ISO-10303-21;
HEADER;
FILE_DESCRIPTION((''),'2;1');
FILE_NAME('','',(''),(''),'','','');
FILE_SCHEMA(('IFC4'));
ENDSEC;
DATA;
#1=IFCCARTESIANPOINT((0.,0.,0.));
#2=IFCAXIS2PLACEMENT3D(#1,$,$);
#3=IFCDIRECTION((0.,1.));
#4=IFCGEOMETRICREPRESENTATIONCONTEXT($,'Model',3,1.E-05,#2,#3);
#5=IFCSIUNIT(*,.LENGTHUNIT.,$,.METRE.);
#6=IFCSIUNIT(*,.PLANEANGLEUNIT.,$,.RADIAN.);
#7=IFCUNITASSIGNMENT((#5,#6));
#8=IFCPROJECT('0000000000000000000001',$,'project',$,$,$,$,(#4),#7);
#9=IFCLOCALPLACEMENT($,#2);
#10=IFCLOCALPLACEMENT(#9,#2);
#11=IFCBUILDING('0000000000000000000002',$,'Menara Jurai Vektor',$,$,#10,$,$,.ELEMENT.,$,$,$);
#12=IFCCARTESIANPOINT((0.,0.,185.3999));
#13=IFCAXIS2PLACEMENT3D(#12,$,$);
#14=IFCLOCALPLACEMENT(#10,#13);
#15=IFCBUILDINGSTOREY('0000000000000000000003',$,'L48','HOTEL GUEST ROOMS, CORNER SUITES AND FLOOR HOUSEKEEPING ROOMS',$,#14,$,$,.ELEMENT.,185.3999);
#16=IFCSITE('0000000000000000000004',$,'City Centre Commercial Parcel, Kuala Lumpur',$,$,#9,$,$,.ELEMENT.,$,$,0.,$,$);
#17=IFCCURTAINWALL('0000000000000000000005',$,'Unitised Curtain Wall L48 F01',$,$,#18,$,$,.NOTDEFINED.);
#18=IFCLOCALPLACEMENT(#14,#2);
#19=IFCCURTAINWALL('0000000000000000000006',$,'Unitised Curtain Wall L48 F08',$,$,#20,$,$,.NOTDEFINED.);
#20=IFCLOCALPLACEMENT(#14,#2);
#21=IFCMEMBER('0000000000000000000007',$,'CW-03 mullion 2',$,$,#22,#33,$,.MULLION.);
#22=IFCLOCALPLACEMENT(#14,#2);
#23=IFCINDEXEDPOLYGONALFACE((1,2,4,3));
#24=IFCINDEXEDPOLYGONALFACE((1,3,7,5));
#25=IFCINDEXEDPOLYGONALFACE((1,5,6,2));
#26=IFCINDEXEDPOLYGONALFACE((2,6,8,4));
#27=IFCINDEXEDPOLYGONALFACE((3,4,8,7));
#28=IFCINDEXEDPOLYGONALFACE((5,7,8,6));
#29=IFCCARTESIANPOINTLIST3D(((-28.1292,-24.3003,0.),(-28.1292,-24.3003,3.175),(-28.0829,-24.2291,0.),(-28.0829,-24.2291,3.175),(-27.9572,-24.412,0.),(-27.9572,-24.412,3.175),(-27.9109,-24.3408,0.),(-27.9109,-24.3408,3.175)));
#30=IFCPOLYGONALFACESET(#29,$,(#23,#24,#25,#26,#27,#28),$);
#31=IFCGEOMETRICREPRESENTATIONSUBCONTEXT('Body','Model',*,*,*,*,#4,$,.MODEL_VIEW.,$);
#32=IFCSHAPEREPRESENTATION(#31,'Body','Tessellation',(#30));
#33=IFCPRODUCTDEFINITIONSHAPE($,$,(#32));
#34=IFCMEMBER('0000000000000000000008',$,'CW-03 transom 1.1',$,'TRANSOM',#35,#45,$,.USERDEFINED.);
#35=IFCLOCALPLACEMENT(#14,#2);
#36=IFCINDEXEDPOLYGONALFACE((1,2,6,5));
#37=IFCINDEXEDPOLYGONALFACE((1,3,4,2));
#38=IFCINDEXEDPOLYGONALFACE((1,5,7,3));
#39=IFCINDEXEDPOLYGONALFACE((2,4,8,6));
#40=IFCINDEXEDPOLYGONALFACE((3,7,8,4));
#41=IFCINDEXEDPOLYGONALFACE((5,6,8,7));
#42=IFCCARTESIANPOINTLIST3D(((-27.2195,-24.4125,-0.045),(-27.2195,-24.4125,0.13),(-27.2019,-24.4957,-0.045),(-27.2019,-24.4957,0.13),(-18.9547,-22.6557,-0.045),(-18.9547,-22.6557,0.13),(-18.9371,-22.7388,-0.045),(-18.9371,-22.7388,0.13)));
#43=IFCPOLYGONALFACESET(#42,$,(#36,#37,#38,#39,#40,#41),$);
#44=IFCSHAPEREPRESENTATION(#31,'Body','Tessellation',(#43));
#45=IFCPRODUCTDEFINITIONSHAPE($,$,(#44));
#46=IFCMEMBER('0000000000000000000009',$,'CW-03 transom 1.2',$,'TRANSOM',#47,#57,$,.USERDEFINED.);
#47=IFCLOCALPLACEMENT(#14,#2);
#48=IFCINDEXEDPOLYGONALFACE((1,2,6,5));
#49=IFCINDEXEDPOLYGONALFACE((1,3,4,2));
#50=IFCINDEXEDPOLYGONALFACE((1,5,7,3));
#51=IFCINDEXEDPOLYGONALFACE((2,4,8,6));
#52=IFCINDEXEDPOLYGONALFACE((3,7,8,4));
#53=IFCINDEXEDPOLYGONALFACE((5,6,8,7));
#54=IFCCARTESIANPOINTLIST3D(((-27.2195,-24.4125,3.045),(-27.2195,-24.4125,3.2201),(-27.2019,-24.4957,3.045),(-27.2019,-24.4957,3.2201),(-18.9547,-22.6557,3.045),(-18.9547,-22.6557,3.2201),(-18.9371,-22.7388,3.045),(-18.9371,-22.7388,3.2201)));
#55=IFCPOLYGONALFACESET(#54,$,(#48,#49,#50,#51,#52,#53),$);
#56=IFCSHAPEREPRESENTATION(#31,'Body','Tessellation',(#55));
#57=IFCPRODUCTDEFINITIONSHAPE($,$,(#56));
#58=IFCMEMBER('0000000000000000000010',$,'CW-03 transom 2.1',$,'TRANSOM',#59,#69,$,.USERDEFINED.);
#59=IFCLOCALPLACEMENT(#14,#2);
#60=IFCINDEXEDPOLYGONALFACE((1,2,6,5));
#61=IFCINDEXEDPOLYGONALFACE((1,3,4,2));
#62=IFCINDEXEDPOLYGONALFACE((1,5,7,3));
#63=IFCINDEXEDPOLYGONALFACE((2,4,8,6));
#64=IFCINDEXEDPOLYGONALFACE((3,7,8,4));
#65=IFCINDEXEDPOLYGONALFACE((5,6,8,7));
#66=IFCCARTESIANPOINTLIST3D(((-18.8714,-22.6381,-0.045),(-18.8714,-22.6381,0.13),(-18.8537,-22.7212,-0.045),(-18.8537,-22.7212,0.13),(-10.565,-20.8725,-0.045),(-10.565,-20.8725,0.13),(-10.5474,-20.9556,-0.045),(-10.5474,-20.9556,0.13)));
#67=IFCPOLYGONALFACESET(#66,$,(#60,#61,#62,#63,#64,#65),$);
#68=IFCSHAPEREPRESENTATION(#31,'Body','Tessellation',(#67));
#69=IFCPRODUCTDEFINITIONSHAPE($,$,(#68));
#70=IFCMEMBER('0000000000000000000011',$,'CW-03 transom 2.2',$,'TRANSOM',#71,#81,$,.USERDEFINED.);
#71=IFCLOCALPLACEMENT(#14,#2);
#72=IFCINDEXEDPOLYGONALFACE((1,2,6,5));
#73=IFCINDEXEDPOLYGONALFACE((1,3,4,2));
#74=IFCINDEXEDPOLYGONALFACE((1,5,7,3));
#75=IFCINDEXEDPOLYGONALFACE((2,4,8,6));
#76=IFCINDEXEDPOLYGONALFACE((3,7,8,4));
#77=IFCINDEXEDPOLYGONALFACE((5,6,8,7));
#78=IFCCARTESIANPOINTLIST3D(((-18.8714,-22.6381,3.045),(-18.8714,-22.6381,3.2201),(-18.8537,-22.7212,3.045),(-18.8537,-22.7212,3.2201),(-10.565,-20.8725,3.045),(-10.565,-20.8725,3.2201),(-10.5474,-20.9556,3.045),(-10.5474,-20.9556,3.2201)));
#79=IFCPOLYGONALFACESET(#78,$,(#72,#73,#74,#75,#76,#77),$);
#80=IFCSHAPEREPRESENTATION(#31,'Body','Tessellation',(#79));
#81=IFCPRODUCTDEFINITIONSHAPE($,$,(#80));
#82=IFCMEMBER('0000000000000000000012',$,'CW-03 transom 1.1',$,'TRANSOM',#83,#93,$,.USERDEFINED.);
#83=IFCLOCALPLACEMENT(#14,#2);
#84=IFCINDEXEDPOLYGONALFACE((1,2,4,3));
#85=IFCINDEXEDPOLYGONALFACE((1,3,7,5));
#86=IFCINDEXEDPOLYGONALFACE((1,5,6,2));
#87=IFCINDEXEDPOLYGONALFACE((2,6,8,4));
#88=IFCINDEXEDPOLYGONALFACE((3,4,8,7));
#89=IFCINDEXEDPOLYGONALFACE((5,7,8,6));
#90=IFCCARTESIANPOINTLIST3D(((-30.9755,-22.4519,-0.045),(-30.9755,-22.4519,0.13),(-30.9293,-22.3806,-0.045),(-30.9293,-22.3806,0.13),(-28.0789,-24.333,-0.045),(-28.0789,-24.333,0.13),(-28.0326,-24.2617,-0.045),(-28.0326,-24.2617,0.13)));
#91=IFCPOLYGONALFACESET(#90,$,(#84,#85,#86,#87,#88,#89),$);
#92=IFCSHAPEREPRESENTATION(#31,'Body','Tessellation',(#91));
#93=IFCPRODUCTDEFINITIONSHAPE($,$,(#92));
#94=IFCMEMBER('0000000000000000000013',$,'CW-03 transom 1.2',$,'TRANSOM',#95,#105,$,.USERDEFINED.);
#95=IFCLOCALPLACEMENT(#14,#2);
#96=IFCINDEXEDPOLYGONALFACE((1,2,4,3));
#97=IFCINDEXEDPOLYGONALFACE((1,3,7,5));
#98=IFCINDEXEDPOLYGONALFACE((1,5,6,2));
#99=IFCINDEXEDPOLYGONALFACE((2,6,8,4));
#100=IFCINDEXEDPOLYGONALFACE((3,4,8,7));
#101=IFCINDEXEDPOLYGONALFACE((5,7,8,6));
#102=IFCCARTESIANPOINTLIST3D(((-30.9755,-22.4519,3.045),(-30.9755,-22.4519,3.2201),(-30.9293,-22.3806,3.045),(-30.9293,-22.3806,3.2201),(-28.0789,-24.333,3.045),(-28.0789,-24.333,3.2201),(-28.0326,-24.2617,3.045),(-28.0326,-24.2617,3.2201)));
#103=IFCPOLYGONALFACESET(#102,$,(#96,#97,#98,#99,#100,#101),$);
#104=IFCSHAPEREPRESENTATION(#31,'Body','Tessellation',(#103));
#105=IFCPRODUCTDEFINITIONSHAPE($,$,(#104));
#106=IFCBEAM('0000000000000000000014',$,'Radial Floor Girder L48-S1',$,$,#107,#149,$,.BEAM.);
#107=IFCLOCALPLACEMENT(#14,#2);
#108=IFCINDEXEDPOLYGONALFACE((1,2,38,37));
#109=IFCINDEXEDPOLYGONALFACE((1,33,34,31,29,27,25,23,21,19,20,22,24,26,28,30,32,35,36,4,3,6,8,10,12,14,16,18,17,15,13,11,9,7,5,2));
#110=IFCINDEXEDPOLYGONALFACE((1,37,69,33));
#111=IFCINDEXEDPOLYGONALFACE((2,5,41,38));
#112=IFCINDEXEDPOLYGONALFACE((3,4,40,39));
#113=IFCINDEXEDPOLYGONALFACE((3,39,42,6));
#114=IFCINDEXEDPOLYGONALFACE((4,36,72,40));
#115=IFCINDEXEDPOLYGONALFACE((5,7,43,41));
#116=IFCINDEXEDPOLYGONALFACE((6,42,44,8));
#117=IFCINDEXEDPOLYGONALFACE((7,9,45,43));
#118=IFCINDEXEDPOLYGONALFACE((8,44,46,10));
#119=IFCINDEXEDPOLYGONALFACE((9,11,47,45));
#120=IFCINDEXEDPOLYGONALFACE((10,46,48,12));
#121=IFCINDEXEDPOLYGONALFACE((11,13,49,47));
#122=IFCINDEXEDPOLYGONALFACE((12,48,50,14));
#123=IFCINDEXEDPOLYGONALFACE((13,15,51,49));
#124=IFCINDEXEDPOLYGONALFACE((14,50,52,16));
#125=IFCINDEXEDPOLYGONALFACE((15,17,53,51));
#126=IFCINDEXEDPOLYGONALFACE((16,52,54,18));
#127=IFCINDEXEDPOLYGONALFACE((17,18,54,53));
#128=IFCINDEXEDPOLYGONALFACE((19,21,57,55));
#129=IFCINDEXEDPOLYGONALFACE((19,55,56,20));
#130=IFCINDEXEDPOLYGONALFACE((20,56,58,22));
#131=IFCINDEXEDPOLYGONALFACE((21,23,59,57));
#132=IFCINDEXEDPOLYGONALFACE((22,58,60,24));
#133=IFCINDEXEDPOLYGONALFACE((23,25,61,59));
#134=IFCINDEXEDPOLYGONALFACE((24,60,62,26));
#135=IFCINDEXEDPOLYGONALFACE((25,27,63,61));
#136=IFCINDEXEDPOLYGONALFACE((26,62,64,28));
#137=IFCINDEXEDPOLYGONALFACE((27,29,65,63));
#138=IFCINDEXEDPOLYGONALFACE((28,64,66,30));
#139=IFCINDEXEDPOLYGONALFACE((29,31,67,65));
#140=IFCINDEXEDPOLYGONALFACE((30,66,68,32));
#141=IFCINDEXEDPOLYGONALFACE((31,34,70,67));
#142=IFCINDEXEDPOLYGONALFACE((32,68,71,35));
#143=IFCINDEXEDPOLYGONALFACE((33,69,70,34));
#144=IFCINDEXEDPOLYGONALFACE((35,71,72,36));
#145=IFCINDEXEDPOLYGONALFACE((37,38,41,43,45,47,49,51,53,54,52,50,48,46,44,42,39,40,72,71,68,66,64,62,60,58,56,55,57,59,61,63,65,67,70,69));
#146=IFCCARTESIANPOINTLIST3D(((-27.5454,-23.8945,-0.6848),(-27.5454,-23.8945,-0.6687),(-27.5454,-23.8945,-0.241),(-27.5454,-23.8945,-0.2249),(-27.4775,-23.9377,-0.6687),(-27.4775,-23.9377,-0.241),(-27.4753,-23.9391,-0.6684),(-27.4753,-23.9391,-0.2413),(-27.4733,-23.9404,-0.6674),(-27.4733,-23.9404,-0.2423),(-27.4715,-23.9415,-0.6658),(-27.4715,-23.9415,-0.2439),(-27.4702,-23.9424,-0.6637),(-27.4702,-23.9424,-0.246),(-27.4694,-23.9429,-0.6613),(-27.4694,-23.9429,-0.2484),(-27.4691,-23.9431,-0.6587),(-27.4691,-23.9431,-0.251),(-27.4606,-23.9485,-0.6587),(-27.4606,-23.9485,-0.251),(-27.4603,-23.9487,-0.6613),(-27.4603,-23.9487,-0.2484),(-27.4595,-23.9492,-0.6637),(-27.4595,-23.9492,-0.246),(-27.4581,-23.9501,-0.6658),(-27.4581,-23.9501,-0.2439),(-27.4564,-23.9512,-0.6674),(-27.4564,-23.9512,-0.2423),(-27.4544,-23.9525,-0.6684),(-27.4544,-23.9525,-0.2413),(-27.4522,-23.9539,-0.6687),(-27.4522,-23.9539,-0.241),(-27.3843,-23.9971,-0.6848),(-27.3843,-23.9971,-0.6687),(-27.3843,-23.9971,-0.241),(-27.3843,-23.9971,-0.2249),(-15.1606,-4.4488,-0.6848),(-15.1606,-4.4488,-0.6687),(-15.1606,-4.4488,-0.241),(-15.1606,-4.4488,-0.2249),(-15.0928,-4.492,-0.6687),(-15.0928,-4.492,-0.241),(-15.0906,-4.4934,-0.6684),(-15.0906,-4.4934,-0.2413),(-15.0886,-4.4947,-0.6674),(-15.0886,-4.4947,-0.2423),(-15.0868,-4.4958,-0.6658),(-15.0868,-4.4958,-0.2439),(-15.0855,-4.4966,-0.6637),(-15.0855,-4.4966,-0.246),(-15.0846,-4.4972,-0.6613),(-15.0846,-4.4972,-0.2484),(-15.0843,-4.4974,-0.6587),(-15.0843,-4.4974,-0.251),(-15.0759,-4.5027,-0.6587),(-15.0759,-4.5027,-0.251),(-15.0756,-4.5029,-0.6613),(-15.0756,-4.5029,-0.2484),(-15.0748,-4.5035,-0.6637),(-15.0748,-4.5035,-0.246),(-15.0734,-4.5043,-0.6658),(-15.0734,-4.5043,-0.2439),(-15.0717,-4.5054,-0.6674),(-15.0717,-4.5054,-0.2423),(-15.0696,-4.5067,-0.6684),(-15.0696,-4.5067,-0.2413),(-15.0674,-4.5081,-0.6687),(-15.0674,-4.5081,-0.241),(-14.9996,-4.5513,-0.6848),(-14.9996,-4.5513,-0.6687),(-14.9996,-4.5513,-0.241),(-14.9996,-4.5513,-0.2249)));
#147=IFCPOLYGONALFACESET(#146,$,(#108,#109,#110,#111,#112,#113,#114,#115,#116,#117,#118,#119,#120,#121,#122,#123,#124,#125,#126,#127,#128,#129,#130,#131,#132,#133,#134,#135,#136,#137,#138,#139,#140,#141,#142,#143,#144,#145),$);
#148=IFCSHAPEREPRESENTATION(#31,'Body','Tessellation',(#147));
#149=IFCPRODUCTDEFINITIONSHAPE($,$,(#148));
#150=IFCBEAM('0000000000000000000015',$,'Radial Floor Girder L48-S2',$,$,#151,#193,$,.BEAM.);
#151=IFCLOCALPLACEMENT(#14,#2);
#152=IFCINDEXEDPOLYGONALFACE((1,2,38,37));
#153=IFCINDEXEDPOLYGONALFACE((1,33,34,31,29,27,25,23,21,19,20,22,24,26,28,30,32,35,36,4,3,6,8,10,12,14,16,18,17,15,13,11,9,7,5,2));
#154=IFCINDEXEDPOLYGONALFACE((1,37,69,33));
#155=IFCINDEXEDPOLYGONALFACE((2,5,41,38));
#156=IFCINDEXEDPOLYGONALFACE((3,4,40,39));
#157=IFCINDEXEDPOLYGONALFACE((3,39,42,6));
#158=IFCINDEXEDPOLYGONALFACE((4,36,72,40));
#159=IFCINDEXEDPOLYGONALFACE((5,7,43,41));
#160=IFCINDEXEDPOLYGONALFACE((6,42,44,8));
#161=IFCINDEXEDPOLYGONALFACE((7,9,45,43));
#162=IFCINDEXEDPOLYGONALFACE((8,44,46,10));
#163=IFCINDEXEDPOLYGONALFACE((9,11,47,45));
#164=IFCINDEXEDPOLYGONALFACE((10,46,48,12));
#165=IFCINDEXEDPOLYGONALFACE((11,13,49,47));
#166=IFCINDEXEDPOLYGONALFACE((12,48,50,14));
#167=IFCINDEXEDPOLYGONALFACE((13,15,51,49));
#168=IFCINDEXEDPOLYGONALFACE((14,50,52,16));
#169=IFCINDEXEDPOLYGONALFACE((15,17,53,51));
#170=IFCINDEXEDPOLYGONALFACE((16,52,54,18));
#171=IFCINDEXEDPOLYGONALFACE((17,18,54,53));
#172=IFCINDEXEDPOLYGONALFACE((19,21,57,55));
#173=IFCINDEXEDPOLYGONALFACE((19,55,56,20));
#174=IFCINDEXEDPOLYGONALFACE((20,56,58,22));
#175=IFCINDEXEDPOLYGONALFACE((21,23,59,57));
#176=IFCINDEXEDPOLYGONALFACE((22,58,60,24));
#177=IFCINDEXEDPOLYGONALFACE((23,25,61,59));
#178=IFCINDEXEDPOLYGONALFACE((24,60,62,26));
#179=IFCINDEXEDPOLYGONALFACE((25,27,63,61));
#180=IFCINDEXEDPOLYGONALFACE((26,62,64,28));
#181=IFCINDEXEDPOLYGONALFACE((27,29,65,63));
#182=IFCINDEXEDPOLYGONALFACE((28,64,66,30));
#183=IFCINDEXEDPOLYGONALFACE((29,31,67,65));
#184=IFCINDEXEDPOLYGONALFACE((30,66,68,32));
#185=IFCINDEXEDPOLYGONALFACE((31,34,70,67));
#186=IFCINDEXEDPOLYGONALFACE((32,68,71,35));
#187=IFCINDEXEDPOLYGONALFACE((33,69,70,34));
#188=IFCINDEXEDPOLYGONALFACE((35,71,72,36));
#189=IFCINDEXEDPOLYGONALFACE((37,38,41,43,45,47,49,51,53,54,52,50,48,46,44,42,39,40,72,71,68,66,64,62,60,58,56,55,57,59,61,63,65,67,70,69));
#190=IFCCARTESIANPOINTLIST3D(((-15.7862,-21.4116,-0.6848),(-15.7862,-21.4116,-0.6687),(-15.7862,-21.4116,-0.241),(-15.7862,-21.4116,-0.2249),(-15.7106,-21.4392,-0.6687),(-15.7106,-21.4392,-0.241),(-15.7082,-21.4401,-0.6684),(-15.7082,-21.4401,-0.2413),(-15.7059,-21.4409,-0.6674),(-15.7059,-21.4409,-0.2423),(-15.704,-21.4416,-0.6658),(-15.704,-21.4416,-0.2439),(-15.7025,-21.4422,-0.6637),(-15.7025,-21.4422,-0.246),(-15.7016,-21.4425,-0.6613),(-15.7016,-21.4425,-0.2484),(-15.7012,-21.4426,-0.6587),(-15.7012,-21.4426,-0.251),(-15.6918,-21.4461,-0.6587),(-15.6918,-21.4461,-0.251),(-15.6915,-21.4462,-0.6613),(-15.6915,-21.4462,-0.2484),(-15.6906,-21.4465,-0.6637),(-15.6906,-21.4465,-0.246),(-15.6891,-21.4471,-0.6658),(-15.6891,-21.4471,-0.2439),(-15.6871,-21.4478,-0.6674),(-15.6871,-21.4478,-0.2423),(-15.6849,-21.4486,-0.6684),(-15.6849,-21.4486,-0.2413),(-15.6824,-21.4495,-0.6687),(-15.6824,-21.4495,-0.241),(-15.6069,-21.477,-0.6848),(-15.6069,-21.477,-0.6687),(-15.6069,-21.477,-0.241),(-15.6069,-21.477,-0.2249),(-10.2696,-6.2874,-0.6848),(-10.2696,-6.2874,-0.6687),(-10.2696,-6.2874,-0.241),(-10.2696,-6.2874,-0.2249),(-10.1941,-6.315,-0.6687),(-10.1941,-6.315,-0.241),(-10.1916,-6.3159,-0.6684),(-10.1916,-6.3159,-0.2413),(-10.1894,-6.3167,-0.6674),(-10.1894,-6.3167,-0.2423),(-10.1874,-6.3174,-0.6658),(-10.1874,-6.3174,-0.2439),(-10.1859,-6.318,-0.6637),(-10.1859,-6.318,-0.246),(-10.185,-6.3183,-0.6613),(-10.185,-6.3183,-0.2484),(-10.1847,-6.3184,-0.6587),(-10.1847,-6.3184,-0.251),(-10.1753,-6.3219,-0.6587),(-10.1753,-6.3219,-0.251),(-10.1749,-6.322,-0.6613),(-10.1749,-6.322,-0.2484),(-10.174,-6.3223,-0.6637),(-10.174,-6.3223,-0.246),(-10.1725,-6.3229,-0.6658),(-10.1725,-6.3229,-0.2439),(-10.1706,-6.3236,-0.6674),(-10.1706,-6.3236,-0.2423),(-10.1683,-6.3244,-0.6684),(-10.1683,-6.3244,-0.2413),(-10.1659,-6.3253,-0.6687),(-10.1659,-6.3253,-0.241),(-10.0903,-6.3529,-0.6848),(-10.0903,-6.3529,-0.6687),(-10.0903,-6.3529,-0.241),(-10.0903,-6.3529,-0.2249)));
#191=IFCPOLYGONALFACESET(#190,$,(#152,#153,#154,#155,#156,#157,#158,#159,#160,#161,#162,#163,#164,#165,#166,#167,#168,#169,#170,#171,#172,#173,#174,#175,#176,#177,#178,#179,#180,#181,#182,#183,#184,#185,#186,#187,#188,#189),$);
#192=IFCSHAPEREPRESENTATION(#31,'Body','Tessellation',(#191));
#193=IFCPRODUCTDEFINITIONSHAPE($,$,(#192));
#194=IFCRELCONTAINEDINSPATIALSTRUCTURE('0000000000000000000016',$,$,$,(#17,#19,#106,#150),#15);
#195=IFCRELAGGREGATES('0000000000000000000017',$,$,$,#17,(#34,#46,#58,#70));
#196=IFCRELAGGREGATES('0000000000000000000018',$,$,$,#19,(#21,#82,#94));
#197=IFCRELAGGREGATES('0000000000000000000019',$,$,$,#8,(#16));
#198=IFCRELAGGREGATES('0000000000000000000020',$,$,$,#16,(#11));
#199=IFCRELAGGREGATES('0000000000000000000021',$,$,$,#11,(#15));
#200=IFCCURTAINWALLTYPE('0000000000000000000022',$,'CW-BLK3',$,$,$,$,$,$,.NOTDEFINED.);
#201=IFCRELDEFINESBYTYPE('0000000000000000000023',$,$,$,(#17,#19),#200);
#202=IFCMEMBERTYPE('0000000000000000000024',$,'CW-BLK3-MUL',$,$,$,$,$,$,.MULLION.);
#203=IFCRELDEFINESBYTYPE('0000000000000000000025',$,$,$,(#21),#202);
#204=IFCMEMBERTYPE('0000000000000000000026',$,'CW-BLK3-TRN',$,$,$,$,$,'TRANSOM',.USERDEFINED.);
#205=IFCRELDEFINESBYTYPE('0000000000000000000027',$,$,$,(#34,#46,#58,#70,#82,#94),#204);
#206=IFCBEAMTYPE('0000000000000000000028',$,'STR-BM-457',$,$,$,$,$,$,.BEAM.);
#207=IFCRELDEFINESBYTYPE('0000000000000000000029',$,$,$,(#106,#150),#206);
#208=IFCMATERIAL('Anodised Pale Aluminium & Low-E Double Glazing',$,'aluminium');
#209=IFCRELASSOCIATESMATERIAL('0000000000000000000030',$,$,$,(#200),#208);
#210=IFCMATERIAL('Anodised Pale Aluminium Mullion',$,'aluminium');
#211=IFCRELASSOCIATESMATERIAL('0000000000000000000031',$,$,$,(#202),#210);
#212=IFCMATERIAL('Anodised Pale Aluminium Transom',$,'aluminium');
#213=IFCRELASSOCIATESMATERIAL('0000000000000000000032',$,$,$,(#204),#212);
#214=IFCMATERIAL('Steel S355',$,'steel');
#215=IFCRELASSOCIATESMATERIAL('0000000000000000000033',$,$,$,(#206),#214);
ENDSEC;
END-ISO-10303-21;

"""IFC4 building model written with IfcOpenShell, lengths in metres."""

from ifc_helpers import new_model, si_unit, direction, frame, origin, origin_2d, place, context, subcontext, project, spatial, rectangle, i_section, extrude, material, material_profile, profile_set, type_object, element, aggregate, save


model = new_model("IFC4")

# Units and contexts
model_context = context("Model", 3, precision=1e-05, world=origin(), true_north=direction((0.0, 1.0)))
body_context = subcontext(model_context, "Body", "Model", "MODEL_VIEW")
ifc_project = project(units=[si_unit("LENGTHUNIT", "METRE"), si_unit("PLANEANGLEUNIT", "RADIAN")], contexts=[model_context])

# Site, building, storey
site_placement = place(None, origin())
site = spatial("IfcSite", under=ifc_project, at=site_placement, Name="City Centre Commercial Parcel, Kuala Lumpur", CompositionType="ELEMENT", RefElevation=0.0)
building_placement = place(site_placement, origin())
building = spatial("IfcBuilding", under=site, at=building_placement, Name="Menara Jurai Vektor", CompositionType="ELEMENT")
storey_placement = place(building_placement, frame((0.0, 0.0, 185.3999)))
storey = spatial("IfcBuildingStorey", under=building, at=storey_placement, Name="L48", Description="HOTEL GUEST ROOMS, CORNER SUITES AND FLOOR HOUSEKEEPING ROOMS", CompositionType="ELEMENT", Elevation=185.3999)

# Curtain wall
ifc_material_1 = material(Name="Anodised Pale Aluminium & Low-E Double Glazing", Category="aluminium")
curtain_wall_type = type_object("IfcCurtainWallType", Name="CW-BLK3", PredefinedType="NOTDEFINED", material=ifc_material_1)
curtain_wall_1_placement = place(storey_placement, origin())
curtain_wall_1 = element("IfcCurtainWall", 1, at=curtain_wall_1_placement, inside=storey, type_object=curtain_wall_type, Name="Unitised Curtain Wall L48 F01", PredefinedType="NOTDEFINED")
ifc_material_2 = material(Name="Anodised Pale Aluminium Mullion", Category="aluminium")
ifc_material_profile_1 = material_profile(ifc_material_2, rectangle(XDim=0.085, YDim=0.2051, at=origin_2d()), Name="ALU MUL 85x205")
ifc_profile_set_1 = profile_set([ifc_material_profile_1], Name="Anodised Pale Aluminium Mullion")
member_type_1 = type_object("IfcMemberType", Name="CW-BLK3-MUL", PredefinedType="MULLION", material=ifc_profile_set_1)

# Curtain wall, member
curtain_wall_2_placement = place(storey_placement, origin())
curtain_wall_2 = element("IfcCurtainWall", 2, at=curtain_wall_2_placement, inside=storey, type_object=curtain_wall_type, Name="Unitised Curtain Wall L48 F08", PredefinedType="NOTDEFINED")
member_1_placement = place(storey_placement, frame((-28.02, -24.3206, 0.0), z_axis=(0.0, 0.0, 1.0), x_axis=(0.544618, 0.838684, 0.0)))
member_1 = element("IfcMember", 3, at=member_1_placement, type_object=member_type_1, Name="CW-03 mullion 2", PredefinedType="MULLION", context=body_context, shape_type="SweptSolid", body=[
    extrude(rectangle(XDim=0.085, YDim=0.2051, at=origin_2d()), origin(), (0.0, 0.0, 1.0), 3.175),
])

# Members
ifc_material_3 = material(Name="Anodised Pale Aluminium Transom", Category="aluminium")
ifc_material_profile_2 = material_profile(ifc_material_3, rectangle(XDim=0.085, YDim=0.175, at=origin_2d()), Name="ALU TRN 85x175")
ifc_profile_set_2 = profile_set([ifc_material_profile_2], Name="Anodised Pale Aluminium Transom")
member_type_2 = type_object("IfcMemberType", Name="CW-BLK3-TRN", ElementType="TRANSOM", PredefinedType="USERDEFINED", material=ifc_profile_set_2)
member_2_placement = place(storey_placement, frame((-27.2107, -24.4541, 0.0425), z_axis=(0.978146, 0.207921, 0.0), x_axis=(-0.207921, 0.978146, 0.0)))
member_2 = element("IfcMember", 4, at=member_2_placement, type_object=member_type_2, Name="CW-03 transom 1.1", ObjectType="TRANSOM", PredefinedType="USERDEFINED", context=body_context, shape_type="SweptSolid", body=[
    extrude(rectangle(XDim=0.085, YDim=0.175, at=origin_2d()), origin(), (0.0, 0.0, 1.0), 8.4495),
])
member_3_placement = place(storey_placement, frame((-27.2107, -24.4541, 3.1326), z_axis=(0.978146, 0.207921, 0.0), x_axis=(-0.207921, 0.978146, 0.0)))
member_3 = element("IfcMember", 5, at=member_3_placement, type_object=member_type_2, Name="CW-03 transom 1.2", ObjectType="TRANSOM", PredefinedType="USERDEFINED", context=body_context, shape_type="SweptSolid", body=[
    extrude(rectangle(XDim=0.085, YDim=0.175, at=origin_2d()), origin(), (0.0, 0.0, 1.0), 8.4495),
])
member_4_placement = place(storey_placement, frame((-18.8625, -22.6797, 0.0425), z_axis=(0.978147, 0.207917, 0.0), x_axis=(-0.207917, 0.978147, 0.0)))
member_4 = element("IfcMember", 6, at=member_4_placement, type_object=member_type_2, Name="CW-03 transom 2.1", ObjectType="TRANSOM", PredefinedType="USERDEFINED", context=body_context, shape_type="SweptSolid", body=[
    extrude(rectangle(XDim=0.085, YDim=0.175, at=origin_2d()), origin(), (0.0, 0.0, 1.0), 8.4919),
])
member_5_placement = place(storey_placement, frame((-18.8625, -22.6797, 3.1326), z_axis=(0.978147, 0.207917, 0.0), x_axis=(-0.207917, 0.978147, 0.0)))
member_5 = element("IfcMember", 7, at=member_5_placement, type_object=member_type_2, Name="CW-03 transom 2.2", ObjectType="TRANSOM", PredefinedType="USERDEFINED", context=body_context, shape_type="SweptSolid", body=[
    extrude(rectangle(XDim=0.085, YDim=0.175, at=origin_2d()), origin(), (0.0, 0.0, 1.0), 8.4919),
])
member_6_placement = place(storey_placement, frame((-30.9524, -22.4163, 0.0425), z_axis=(0.838678, -0.544628, 0.0), x_axis=(0.544628, 0.838678, 0.0)))
member_6 = element("IfcMember", 8, at=member_6_placement, type_object=member_type_2, Name="CW-03 transom 1.1", ObjectType="TRANSOM", PredefinedType="USERDEFINED", context=body_context, shape_type="SweptSolid", body=[
    extrude(rectangle(XDim=0.085, YDim=0.175, at=origin_2d()), origin(), (0.0, 0.0, 1.0), 3.4539),
])
member_7_placement = place(storey_placement, frame((-30.9524, -22.4163, 3.1326), z_axis=(0.838678, -0.544628, 0.0), x_axis=(0.544628, 0.838678, 0.0)))
member_7 = element("IfcMember", 9, at=member_7_placement, type_object=member_type_2, Name="CW-03 transom 1.2", ObjectType="TRANSOM", PredefinedType="USERDEFINED", context=body_context, shape_type="SweptSolid", body=[
    extrude(rectangle(XDim=0.085, YDim=0.175, at=origin_2d()), origin(), (0.0, 0.0, 1.0), 3.4539),
])

# Beams
ifc_material_4 = material(Name="Steel S355", Category="steel")
ifc_material_profile_3 = material_profile(ifc_material_4, i_section(OverallWidth=0.1909, OverallDepth=0.46, WebThickness=0.01, FlangeThickness=0.0161, FilletRadius=0.01, at=origin_2d()), Name="UKB 457x191x82")
ifc_profile_set_3 = profile_set([ifc_material_profile_3], Name="Steel S355")
beam_type_1 = type_object("IfcBeamType", Name="STR-BM-457", PredefinedType="BEAM", material=ifc_profile_set_3)
beam_1_placement = place(storey_placement, frame((-27.4648, -23.9458, -0.4548), z_axis=(0.537189, 0.843462, 0.0), x_axis=(-0.843462, 0.537189, 0.0)))
element("IfcBeam", 10, at=beam_1_placement, inside=storey, type_object=beam_type_1, Name="Radial Floor Girder L48-S1", PredefinedType="BEAM", context=body_context, shape_type="SweptSolid", body=[
    extrude(i_section(OverallWidth=0.1909, OverallDepth=0.46, WebThickness=0.01, FlangeThickness=0.0161, FilletRadius=0.01, at=origin_2d()), origin(), (0.0, 0.0, 1.0), 23.0547),
])
beam_2_placement = place(storey_placement, frame((-15.6965, -21.4443, -0.4548), z_axis=(0.342668, 0.939456, 0.0), x_axis=(-0.939456, 0.342668, 0.0)))
element("IfcBeam", 11, at=beam_2_placement, inside=storey, type_object=beam_type_1, Name="Radial Floor Girder L48-S2", PredefinedType="BEAM", context=body_context, shape_type="SweptSolid", body=[
    extrude(i_section(OverallWidth=0.1909, OverallDepth=0.46, WebThickness=0.01, FlangeThickness=0.0161, FilletRadius=0.01, at=origin_2d()), origin(), (0.0, 0.0, 1.0), 16.0989),
])

aggregate(curtain_wall_1, [member_2, member_3, member_4, member_5])
aggregate(curtain_wall_2, [member_1, member_6, member_7])

save(model, "model.ifc")
